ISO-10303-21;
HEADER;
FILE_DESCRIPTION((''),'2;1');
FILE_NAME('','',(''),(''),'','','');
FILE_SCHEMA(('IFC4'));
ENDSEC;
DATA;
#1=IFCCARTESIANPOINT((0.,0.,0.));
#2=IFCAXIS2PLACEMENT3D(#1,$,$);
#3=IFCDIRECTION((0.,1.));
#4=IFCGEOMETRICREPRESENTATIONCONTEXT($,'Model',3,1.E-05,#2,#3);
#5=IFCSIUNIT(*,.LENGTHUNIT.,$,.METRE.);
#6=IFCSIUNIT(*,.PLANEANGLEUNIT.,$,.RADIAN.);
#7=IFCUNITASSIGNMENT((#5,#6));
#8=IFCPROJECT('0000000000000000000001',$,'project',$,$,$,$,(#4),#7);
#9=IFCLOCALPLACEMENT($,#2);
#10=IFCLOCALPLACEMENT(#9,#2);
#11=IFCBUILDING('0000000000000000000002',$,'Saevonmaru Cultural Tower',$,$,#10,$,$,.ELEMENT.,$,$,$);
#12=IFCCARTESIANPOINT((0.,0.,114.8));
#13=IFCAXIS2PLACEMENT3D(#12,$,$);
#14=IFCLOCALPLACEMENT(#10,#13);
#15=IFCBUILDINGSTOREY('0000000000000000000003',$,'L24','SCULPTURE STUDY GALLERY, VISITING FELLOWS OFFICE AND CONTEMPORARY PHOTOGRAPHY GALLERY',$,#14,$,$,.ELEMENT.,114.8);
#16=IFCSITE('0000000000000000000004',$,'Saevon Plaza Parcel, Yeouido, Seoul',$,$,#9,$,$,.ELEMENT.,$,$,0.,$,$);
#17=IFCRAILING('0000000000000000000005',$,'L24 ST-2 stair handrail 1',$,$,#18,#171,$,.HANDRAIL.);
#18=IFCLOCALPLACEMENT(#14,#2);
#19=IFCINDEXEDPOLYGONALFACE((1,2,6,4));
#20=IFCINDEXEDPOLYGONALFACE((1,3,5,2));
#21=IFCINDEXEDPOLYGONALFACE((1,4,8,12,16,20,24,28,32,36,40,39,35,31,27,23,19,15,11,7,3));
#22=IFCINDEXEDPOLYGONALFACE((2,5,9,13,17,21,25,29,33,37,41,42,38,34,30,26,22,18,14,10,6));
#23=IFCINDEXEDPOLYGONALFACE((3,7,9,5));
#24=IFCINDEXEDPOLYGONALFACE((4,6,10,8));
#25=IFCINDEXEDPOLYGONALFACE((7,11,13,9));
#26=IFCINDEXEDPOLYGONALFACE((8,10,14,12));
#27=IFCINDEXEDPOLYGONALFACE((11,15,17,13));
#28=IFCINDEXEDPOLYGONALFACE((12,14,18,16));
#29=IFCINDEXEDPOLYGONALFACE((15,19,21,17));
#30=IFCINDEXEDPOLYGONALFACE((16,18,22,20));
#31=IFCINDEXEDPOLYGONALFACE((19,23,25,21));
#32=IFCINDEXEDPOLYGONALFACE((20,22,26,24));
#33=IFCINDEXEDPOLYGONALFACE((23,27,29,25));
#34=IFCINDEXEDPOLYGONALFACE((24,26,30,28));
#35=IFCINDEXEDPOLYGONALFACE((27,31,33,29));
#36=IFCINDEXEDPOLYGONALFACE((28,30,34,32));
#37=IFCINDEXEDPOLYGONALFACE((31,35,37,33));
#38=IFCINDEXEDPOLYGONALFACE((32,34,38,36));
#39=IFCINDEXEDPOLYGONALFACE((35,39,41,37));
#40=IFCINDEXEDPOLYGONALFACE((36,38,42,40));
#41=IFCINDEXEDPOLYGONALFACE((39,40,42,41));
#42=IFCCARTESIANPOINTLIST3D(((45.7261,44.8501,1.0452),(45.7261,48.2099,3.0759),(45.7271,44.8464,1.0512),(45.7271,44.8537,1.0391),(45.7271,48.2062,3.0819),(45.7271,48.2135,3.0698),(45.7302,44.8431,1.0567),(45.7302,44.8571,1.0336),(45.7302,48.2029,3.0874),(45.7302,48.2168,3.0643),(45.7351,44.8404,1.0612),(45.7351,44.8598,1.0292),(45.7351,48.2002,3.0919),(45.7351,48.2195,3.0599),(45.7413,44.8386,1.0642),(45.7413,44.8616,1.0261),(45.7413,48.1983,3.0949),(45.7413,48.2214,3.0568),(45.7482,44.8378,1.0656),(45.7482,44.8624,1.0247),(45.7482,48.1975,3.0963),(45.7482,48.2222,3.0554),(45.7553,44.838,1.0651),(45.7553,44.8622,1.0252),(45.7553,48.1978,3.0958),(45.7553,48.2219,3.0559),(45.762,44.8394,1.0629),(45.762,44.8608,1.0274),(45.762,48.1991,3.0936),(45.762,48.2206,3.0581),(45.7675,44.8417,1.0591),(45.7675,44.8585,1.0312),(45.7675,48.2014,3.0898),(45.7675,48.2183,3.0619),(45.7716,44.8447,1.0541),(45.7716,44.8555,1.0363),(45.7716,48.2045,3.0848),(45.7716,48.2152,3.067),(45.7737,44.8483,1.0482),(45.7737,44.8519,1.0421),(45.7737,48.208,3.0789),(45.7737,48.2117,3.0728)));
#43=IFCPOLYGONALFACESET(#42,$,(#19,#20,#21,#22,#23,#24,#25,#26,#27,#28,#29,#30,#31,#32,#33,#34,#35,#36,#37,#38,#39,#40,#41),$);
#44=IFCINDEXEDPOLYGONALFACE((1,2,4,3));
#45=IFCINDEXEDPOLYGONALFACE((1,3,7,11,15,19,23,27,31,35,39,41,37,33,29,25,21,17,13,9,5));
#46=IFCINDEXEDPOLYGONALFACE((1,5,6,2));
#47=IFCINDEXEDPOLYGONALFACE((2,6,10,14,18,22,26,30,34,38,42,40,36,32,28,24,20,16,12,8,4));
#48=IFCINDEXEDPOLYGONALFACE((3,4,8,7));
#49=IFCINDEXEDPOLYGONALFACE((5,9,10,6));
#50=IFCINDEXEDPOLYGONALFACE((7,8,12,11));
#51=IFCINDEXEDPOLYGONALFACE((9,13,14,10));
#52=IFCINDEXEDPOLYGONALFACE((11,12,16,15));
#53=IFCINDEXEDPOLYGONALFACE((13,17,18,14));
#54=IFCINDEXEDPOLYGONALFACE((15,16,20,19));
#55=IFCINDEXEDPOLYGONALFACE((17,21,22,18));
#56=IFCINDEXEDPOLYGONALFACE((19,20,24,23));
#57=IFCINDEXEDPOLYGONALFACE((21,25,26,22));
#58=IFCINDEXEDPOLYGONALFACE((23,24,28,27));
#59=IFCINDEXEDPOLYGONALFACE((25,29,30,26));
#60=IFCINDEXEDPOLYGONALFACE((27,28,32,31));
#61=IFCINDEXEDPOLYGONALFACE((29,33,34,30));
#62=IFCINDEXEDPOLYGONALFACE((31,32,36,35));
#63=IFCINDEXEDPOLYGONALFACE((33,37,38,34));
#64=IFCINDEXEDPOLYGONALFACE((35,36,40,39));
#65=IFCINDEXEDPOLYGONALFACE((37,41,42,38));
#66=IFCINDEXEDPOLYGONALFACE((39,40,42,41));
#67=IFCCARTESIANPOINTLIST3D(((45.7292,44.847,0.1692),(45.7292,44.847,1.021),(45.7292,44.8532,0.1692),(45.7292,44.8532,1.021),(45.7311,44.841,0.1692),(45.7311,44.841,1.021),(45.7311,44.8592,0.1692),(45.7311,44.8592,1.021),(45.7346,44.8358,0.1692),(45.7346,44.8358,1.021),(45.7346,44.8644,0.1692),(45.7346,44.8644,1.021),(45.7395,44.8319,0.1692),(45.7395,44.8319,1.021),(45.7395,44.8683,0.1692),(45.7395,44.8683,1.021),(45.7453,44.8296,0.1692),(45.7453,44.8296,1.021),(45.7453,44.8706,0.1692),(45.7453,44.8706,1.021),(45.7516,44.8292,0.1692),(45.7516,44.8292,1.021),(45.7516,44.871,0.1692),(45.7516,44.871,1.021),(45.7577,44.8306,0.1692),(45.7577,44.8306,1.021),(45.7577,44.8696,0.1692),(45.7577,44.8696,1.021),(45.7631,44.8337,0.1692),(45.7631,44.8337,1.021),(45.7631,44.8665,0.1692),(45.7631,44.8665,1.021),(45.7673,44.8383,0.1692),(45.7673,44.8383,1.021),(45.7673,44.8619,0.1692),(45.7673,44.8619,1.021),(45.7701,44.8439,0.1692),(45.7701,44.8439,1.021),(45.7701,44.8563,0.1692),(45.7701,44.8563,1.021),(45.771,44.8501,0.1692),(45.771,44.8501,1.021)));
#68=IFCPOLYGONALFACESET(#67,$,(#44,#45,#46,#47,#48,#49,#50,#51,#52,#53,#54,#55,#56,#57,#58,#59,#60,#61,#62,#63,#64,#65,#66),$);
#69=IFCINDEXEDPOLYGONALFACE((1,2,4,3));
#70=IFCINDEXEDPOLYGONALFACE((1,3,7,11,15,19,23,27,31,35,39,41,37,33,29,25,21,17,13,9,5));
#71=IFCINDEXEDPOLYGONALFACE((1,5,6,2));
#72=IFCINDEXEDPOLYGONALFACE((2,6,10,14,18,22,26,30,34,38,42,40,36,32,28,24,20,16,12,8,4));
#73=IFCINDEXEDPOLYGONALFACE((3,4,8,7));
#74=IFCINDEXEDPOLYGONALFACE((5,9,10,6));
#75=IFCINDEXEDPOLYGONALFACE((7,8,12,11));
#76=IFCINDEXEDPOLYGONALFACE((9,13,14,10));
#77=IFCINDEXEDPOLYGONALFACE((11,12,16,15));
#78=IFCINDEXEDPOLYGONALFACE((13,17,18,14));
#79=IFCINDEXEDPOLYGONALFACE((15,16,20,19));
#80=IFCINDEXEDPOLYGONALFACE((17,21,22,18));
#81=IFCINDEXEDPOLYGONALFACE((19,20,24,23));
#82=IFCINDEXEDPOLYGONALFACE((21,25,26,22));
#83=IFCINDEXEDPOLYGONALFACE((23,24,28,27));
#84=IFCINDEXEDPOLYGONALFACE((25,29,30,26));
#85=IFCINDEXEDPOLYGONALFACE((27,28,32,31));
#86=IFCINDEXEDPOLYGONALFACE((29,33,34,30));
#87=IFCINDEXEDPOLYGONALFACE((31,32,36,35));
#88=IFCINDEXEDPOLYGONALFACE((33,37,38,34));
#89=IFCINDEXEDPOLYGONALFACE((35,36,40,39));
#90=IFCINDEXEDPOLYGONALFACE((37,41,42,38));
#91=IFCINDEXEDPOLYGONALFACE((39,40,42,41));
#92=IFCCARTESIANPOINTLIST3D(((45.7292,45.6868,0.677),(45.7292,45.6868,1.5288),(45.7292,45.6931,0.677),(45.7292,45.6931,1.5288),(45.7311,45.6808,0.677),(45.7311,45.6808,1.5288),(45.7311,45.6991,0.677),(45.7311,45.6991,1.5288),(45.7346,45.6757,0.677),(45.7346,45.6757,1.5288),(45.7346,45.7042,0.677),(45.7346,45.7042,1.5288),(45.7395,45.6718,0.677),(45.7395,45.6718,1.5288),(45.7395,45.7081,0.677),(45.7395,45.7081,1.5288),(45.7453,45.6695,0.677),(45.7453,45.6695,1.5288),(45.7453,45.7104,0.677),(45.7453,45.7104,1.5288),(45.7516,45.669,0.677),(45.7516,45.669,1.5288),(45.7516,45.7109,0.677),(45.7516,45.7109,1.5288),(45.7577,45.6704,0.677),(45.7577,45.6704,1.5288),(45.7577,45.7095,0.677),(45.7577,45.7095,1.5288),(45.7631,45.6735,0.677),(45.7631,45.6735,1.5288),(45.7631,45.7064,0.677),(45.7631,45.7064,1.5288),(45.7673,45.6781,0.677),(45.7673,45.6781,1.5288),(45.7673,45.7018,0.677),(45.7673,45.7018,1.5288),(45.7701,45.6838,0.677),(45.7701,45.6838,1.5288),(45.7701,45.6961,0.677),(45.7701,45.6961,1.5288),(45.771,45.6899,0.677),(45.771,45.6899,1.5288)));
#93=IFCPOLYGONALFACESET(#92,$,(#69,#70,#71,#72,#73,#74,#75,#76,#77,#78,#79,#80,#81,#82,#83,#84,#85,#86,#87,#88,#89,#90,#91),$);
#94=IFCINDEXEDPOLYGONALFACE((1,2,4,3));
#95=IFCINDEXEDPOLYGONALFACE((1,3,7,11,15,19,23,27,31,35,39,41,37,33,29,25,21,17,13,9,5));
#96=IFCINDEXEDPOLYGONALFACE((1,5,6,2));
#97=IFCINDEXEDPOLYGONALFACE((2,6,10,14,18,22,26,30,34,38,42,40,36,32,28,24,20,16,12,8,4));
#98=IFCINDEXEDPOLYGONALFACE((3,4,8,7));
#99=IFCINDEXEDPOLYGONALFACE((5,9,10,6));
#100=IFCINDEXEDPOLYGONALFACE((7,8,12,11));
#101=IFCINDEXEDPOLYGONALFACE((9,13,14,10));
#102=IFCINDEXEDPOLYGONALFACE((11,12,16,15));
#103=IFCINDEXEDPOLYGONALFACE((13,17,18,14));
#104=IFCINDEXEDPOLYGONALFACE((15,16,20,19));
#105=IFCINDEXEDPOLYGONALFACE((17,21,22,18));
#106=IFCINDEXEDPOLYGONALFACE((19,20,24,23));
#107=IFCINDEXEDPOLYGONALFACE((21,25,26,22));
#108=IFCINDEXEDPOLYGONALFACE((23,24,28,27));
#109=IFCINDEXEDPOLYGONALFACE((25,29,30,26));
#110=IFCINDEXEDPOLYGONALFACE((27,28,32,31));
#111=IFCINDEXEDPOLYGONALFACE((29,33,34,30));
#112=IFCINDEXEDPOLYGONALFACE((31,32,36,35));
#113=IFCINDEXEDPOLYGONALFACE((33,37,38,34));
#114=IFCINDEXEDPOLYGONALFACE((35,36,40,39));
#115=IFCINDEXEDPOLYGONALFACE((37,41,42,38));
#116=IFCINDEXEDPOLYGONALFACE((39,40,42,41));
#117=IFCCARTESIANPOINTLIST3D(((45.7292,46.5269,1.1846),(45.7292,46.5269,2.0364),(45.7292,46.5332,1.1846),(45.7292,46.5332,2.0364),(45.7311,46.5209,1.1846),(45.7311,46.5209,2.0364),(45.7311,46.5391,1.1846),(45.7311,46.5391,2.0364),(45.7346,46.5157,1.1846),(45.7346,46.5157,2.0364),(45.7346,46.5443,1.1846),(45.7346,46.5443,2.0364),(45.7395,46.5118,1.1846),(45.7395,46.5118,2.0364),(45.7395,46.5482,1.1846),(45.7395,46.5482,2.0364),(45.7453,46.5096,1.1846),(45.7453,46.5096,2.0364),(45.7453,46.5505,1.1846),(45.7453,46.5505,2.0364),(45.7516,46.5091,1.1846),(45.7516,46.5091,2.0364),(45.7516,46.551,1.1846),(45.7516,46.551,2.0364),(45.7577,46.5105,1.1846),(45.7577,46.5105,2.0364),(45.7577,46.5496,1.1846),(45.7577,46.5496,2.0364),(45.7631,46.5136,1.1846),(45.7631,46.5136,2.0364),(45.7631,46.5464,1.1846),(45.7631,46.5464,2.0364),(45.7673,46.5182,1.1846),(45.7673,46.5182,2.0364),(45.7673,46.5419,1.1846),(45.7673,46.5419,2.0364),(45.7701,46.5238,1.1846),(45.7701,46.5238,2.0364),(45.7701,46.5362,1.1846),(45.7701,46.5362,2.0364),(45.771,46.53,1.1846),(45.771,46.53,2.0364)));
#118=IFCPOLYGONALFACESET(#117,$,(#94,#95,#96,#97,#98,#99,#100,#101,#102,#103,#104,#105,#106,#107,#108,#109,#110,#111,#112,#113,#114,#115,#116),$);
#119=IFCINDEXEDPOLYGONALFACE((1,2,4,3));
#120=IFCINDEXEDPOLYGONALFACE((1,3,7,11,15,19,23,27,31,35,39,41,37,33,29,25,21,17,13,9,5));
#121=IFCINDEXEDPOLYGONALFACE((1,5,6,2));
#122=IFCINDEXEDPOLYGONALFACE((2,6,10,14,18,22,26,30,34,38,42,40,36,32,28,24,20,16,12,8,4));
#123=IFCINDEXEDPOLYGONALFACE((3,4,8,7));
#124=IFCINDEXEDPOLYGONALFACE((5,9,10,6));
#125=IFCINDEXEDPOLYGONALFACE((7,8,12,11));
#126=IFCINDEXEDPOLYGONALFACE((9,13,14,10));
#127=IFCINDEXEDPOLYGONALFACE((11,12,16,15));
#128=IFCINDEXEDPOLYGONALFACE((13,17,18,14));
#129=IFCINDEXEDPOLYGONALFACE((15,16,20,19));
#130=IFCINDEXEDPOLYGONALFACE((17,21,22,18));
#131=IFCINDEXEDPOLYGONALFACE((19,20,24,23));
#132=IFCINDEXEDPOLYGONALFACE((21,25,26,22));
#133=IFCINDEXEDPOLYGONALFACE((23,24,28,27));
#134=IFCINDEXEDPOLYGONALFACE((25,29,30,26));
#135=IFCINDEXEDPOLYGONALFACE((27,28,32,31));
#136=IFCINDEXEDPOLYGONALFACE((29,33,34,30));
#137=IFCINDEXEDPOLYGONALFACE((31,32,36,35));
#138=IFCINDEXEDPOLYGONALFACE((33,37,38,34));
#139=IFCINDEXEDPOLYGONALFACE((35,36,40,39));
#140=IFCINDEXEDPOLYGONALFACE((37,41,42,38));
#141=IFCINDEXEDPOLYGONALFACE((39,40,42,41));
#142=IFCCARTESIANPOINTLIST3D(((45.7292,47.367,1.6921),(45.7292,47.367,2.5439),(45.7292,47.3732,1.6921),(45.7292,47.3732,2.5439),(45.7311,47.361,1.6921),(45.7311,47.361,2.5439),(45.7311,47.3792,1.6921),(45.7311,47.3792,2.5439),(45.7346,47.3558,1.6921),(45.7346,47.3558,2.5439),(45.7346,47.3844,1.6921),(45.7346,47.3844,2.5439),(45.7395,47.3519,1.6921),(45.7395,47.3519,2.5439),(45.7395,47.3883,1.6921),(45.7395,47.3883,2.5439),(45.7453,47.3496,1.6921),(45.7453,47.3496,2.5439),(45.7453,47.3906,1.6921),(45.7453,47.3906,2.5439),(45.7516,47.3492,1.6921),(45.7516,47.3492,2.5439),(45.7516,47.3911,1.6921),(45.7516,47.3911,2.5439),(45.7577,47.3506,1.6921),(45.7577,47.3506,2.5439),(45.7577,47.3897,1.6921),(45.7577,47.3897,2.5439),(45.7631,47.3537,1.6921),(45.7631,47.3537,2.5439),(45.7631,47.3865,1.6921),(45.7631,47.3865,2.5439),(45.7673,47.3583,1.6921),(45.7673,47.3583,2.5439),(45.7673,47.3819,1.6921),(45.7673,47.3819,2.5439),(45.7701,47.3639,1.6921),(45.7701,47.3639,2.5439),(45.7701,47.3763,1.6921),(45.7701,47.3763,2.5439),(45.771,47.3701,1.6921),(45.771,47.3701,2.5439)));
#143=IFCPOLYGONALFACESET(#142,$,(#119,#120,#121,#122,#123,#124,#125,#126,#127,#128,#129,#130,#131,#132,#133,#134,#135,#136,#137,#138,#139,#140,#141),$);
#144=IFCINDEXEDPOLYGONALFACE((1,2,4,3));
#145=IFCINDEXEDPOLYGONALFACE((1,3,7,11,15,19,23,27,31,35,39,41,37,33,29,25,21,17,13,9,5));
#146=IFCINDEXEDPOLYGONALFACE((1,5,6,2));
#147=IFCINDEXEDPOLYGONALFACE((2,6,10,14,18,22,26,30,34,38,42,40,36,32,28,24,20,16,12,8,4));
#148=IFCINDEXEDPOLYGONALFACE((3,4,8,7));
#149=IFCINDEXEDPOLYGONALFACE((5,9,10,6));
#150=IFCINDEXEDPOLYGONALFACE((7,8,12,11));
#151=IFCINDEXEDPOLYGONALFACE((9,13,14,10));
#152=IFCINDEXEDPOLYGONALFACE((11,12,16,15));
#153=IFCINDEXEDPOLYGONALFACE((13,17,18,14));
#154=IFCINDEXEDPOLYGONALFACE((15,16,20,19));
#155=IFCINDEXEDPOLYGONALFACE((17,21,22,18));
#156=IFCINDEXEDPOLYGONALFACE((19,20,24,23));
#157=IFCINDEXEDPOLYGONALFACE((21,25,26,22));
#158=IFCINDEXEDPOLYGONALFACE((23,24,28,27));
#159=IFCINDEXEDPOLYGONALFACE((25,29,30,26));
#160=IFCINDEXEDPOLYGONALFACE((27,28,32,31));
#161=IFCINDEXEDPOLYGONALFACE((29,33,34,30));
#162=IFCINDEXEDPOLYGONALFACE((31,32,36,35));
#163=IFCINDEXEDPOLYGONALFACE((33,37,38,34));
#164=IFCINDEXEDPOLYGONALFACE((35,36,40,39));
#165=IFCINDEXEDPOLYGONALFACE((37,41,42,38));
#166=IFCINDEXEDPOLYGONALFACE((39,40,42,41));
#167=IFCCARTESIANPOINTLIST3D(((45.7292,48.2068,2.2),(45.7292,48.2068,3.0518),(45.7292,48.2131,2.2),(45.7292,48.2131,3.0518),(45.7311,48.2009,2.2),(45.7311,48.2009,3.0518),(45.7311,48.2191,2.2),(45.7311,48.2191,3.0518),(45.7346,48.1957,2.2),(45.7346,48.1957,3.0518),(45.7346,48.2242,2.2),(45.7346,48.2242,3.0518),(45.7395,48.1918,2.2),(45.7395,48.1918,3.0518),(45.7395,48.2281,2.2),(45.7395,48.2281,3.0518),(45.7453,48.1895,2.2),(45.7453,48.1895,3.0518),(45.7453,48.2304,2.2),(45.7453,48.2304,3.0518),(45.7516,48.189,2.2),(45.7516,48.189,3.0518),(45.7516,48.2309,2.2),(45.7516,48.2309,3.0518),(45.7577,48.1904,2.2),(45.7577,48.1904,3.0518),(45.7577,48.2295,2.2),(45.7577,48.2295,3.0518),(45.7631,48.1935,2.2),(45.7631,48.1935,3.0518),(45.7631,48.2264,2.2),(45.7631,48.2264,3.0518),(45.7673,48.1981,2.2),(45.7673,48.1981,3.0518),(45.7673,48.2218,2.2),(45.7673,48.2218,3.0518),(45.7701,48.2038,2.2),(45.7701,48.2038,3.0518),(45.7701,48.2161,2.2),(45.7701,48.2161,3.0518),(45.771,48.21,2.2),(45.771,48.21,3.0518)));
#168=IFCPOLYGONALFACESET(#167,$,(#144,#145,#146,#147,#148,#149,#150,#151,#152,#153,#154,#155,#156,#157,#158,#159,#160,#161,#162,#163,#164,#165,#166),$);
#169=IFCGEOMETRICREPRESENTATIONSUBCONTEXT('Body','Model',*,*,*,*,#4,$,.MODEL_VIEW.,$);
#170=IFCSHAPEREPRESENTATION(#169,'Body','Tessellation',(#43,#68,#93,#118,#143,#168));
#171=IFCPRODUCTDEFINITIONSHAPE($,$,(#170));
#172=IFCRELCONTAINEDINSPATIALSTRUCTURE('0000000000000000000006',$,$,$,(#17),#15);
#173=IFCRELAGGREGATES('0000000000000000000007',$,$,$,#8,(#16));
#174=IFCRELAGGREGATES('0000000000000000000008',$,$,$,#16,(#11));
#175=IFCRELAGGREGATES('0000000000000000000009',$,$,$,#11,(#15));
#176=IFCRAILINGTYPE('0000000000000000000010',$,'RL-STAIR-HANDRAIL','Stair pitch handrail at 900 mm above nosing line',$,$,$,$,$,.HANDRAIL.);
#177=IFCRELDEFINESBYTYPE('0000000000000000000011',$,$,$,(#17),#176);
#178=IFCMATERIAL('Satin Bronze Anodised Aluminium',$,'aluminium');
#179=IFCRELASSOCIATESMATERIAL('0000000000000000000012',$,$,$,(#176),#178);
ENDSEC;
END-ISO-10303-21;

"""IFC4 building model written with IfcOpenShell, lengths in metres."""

from ifc_helpers import new_model, si_unit, direction, frame, origin, origin_2d, place, context, subcontext, project, spatial, circle, extrude, material, type_object, element, save


model = new_model("IFC4")

# Units and contexts
model_context = context("Model", 3, precision=1e-05, world=origin(), true_north=direction((0.0, 1.0)))
body_context = subcontext(model_context, "Body", "Model", "MODEL_VIEW")
ifc_project = project(units=[si_unit("LENGTHUNIT", "METRE"), si_unit("PLANEANGLEUNIT", "RADIAN")], contexts=[model_context])

# Site, building, storey
site_placement = place(None, origin())
site = spatial("IfcSite", under=ifc_project, at=site_placement, Name="Saevon Plaza Parcel, Yeouido, Seoul", CompositionType="ELEMENT", RefElevation=0.0)
building_placement = place(site_placement, origin())
building = spatial("IfcBuilding", under=site, at=building_placement, Name="Saevonmaru Cultural Tower", CompositionType="ELEMENT")
storey_placement = place(building_placement, frame((0.0, 0.0, 114.8)))
storey = spatial("IfcBuildingStorey", under=building, at=storey_placement, Name="L24", Description="SCULPTURE STUDY GALLERY, VISITING FELLOWS OFFICE AND CONTEMPORARY PHOTOGRAPHY GALLERY", CompositionType="ELEMENT", Elevation=114.8)

# Shared definitions
ifc_material_1 = material(Name="Satin Bronze Anodised Aluminium", Category="aluminium")

# Railing
railing_type_1 = type_object("IfcRailingType", Name="RL-STAIR-HANDRAIL", Description="Stair pitch handrail at 900 mm above nosing line", PredefinedType="HANDRAIL", material=ifc_material_1)
railing_1_placement = place(storey_placement, frame((45.75, 44.8501, 0.1692)))
element("IfcRailing", 1, at=railing_1_placement, inside=storey, type_object=railing_type_1, Name="L24 ST-2 stair handrail 1", PredefinedType="HANDRAIL", context=body_context, shape_type="SweptSolid", body=[
    extrude(circle(Radius=0.0239, at=origin_2d()), frame((0.0, 0.0, 0.876), z_axis=(0.0, 0.85582, 0.517273), x_axis=(-1.0, 0.0, 0.0)), (0.0, 0.0, 1.0), 3.9258),
    extrude(circle(Radius=0.021, at=origin_2d()), origin(), (0.0, 0.0, 1.0), 0.8518),
    extrude(circle(Radius=0.021, at=origin_2d()), frame((0.0, 0.8398, 0.5078)), (0.0, 0.0, 1.0), 0.8518),
    extrude(circle(Radius=0.021, at=origin_2d()), frame((0.0, 1.6799, 1.0154)), (0.0, 0.0, 1.0), 0.8518),
    extrude(circle(Radius=0.021, at=origin_2d()), frame((0.0, 2.52, 1.5229)), (0.0, 0.0, 1.0), 0.8518),
    extrude(circle(Radius=0.021, at=origin_2d()), frame((0.0, 3.3599, 2.0308)), (0.0, 0.0, 1.0), 0.8518),
])

save(model, "model.ifc")
